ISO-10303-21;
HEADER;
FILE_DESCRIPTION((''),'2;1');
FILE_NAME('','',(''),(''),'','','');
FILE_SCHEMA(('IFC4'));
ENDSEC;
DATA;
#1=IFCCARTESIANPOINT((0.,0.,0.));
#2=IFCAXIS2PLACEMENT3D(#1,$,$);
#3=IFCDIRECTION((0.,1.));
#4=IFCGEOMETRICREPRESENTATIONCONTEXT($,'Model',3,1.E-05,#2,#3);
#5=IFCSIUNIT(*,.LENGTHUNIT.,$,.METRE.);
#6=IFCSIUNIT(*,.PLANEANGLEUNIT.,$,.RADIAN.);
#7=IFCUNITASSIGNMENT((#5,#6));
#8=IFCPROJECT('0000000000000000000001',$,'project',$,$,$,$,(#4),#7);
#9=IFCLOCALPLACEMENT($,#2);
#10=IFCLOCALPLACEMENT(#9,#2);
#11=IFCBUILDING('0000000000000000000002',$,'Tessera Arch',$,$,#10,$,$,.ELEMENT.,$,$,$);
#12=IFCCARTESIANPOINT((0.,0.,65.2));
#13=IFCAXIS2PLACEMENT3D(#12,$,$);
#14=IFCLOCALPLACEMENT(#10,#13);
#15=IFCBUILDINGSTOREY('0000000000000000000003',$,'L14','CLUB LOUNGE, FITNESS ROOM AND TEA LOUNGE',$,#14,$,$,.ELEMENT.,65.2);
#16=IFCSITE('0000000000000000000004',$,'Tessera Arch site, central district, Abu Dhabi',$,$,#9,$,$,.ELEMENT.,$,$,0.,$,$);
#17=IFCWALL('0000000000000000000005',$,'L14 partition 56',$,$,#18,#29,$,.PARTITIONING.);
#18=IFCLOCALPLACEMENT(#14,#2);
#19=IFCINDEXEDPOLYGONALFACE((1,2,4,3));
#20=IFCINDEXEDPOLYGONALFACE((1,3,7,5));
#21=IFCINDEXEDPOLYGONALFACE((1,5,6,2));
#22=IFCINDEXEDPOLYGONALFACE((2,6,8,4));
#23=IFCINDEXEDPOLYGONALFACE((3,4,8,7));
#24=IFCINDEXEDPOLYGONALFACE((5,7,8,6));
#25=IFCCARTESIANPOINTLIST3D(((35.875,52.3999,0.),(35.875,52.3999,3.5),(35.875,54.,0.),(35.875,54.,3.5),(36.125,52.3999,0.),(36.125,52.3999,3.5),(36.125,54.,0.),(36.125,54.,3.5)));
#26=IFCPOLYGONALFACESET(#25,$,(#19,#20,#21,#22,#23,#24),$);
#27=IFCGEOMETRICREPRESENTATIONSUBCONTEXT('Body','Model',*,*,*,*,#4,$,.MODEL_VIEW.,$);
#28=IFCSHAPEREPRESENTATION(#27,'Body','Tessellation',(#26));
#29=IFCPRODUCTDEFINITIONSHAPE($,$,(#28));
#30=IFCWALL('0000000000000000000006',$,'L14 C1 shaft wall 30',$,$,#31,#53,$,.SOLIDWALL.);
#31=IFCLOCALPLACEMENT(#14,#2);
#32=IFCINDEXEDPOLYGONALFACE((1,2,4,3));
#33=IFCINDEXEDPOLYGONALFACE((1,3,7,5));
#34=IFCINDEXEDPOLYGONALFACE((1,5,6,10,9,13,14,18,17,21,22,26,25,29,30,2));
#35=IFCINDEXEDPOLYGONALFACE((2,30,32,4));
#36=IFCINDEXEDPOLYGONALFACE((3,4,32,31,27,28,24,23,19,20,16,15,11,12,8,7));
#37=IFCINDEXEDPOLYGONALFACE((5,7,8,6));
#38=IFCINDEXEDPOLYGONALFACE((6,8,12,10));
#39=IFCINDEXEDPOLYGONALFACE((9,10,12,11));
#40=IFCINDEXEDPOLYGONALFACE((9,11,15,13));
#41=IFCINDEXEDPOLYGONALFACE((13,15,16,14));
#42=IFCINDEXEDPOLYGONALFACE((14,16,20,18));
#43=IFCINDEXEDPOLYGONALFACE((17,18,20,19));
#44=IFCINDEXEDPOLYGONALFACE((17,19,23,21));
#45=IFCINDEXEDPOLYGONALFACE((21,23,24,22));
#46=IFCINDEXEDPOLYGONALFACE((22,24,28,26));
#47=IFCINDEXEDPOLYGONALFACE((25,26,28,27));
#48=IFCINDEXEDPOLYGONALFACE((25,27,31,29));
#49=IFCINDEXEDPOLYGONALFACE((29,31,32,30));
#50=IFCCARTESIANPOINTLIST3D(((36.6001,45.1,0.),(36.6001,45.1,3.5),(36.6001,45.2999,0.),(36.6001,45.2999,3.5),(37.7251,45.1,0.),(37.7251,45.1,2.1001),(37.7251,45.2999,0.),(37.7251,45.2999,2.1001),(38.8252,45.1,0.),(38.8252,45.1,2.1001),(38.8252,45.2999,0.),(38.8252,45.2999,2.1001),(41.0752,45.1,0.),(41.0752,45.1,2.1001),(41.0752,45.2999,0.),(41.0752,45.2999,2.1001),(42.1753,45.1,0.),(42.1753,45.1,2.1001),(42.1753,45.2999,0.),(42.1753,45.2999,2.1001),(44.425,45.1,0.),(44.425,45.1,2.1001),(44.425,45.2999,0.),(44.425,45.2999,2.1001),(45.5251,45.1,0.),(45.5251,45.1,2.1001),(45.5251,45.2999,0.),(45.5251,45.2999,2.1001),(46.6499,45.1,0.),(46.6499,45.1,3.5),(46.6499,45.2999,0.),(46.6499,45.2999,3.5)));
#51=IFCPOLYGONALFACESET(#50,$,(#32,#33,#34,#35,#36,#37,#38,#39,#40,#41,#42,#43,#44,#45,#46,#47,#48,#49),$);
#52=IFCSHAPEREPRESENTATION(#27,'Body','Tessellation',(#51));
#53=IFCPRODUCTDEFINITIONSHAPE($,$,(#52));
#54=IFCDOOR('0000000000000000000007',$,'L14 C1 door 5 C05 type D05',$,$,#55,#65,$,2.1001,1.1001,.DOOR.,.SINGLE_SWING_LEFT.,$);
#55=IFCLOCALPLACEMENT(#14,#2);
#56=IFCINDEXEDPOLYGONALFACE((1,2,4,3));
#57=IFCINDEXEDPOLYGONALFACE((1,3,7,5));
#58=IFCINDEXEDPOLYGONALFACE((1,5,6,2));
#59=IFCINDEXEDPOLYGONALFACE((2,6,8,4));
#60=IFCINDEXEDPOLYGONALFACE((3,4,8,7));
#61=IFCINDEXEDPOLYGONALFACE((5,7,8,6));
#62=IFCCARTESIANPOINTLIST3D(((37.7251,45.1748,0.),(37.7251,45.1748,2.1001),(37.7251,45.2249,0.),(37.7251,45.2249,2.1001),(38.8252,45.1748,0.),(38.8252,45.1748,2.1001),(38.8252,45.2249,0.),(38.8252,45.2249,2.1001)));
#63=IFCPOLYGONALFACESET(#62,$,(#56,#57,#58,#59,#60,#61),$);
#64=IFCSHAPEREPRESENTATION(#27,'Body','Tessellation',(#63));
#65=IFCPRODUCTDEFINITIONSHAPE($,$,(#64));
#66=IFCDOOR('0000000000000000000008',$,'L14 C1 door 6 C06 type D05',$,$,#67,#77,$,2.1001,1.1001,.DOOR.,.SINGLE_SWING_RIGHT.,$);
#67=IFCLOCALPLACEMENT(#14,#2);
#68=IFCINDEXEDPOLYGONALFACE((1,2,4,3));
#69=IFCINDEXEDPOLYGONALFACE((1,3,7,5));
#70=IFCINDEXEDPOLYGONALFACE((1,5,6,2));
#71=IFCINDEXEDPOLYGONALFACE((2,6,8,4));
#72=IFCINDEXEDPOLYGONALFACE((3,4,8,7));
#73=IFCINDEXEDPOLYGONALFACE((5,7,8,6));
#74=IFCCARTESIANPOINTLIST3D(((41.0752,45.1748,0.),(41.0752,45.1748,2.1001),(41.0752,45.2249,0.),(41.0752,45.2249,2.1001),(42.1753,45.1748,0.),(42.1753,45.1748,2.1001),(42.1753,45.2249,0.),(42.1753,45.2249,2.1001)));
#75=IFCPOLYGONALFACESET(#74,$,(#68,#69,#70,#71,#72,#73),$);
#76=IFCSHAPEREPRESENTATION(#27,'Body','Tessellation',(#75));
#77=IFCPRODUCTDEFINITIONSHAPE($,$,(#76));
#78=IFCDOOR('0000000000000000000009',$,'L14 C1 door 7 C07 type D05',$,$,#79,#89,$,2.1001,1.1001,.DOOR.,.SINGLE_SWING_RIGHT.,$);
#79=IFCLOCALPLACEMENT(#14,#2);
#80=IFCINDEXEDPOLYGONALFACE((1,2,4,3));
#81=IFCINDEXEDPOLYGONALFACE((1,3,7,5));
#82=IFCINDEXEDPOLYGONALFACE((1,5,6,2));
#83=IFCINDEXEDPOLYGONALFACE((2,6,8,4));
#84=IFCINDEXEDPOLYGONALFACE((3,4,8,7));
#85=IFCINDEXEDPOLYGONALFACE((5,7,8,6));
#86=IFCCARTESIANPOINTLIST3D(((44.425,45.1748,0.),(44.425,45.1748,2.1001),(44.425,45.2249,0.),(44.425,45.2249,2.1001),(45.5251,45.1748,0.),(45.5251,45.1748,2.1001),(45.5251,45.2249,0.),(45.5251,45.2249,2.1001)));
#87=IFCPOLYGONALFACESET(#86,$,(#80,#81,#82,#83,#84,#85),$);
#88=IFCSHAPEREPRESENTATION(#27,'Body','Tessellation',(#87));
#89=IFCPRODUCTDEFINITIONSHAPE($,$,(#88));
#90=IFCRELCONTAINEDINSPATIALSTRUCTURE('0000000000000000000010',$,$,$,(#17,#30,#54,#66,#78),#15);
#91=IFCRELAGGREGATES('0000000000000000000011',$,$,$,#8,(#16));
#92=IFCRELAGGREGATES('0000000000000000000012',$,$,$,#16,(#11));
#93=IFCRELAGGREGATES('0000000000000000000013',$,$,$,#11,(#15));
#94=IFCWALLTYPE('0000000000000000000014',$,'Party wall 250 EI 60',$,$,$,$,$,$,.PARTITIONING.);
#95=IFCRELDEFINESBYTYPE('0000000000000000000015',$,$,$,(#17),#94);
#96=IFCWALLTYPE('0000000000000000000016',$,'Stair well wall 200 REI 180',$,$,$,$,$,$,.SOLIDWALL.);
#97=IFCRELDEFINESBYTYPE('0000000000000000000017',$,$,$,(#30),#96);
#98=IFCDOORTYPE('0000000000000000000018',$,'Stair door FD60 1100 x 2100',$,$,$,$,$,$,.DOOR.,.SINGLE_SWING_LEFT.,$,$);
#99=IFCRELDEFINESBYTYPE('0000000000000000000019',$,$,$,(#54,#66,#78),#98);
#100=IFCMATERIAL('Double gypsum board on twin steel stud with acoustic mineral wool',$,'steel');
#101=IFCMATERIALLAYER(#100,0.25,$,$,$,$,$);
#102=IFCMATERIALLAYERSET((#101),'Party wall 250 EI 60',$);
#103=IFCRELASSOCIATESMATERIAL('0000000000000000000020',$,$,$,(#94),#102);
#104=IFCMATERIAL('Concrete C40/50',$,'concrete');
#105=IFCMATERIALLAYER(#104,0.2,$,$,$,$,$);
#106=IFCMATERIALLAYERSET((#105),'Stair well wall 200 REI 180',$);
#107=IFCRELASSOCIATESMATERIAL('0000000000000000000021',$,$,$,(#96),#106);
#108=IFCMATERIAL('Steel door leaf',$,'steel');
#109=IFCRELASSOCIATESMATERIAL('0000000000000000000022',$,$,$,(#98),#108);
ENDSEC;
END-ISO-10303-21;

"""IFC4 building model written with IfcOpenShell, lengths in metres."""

from ifc_helpers import new_model, si_unit, direction, frame, frame_2d, origin, place, context, subcontext, project, spatial, rectangle, extrude, material, layer, layer_set, type_object, element, fill, save


model = new_model("IFC4")

# Units and contexts
model_context = context("Model", 3, precision=1e-05, world=origin(), true_north=direction((0.0, 1.0)))
body_context = subcontext(model_context, "Body", "Model", "MODEL_VIEW")
ifc_project = project(units=[si_unit("LENGTHUNIT", "METRE"), si_unit("PLANEANGLEUNIT", "RADIAN")], contexts=[model_context])

# Site, building, storey
site_placement = place(None, origin())
site = spatial("IfcSite", under=ifc_project, at=site_placement, Name="Tessera Arch site, central district, Abu Dhabi", CompositionType="ELEMENT", RefElevation=0.0)
building_placement = place(site_placement, origin())
building = spatial("IfcBuilding", under=site, at=building_placement, Name="Tessera Arch", CompositionType="ELEMENT")
storey_placement = place(building_placement, frame((0.0, 0.0, 65.2)))
storey = spatial("IfcBuildingStorey", under=building, at=storey_placement, Name="L14", Description="CLUB LOUNGE, FITNESS ROOM AND TEA LOUNGE", CompositionType="ELEMENT", Elevation=65.2)

# Wall
ifc_material_1 = material(Name="Double gypsum board on twin steel stud with acoustic mineral wool", Category="steel")
ifc_layer_1 = layer(ifc_material_1, 0.25)
ifc_layer_set_1 = layer_set([ifc_layer_1], Name="Party wall 250 EI 60")
wall_type_1 = type_object("IfcWallType", Name="Party wall 250 EI 60", PredefinedType="PARTITIONING", material=ifc_layer_set_1)
wall_1_placement = place(storey_placement, frame((36.0, 52.3999, 0.0), z_axis=(0.0, 0.0, 1.0), x_axis=(0.0, 1.0, 0.0)))
element("IfcWall", 1, at=wall_1_placement, inside=storey, type_object=wall_type_1, Name="L14 partition 56", PredefinedType="PARTITIONING", context=body_context, shape_type="SweptSolid", body=[
    extrude(rectangle(XDim=1.6001, YDim=0.25, at=frame_2d((0.8, 0.0))), origin(), (0.0, 0.0, 1.0), 3.5),
])

# Wall, openings, doors
ifc_material_2 = material(Name="Concrete C40/50", Category="concrete")
ifc_layer_2 = layer(ifc_material_2, 0.2)
ifc_layer_set_2 = layer_set([ifc_layer_2], Name="Stair well wall 200 REI 180")
wall_type_2 = type_object("IfcWallType", Name="Stair well wall 200 REI 180", PredefinedType="SOLIDWALL", material=ifc_layer_set_2)
wall_2_placement = place(storey_placement, frame((36.6001, 45.2, 0.0), z_axis=(0.0, 0.0, 1.0), x_axis=(1.0, 0.0, 0.0)))
wall_2 = element("IfcWall", 2, at=wall_2_placement, inside=storey, type_object=wall_type_2, Name="L14 C1 shaft wall 30", PredefinedType="SOLIDWALL", context=body_context, shape_type="SweptSolid", body=[
    extrude(rectangle(XDim=10.0498, YDim=0.2, at=frame_2d((5.0249, 0.0))), origin(), (0.0, 0.0, 1.0), 3.5),
])
opening_1_placement = place(wall_2_placement, frame((1.125, 0.0, 0.0)))
opening_1 = element("IfcOpeningElement", 3, at=opening_1_placement, cuts=wall_2, PredefinedType="OPENING", context=body_context, shape_type="SweptSolid", body=[
    extrude(rectangle(XDim=1.1001, YDim=2.1001, at=frame_2d((0.55, 1.05))), frame((0.0, 0.1099, 0.0), z_axis=(0.0, -1.0, 0.0), x_axis=(1.0, 0.0, 0.0)), (0.0, 0.0, 1.0), 0.22),
])
opening_2_placement = place(wall_2_placement, frame((4.4751, 0.0, 0.0)))
opening_2 = element("IfcOpeningElement", 4, at=opening_2_placement, cuts=wall_2, PredefinedType="OPENING", context=body_context, shape_type="SweptSolid", body=[
    extrude(rectangle(XDim=1.1001, YDim=2.1001, at=frame_2d((0.55, 1.05))), frame((0.0, 0.1099, 0.0), z_axis=(0.0, -1.0, 0.0), x_axis=(1.0, 0.0, 0.0)), (0.0, 0.0, 1.0), 0.22),
])
opening_3_placement = place(wall_2_placement, frame((7.825, 0.0, 0.0)))
opening_3 = element("IfcOpeningElement", 5, at=opening_3_placement, cuts=wall_2, PredefinedType="OPENING", context=body_context, shape_type="SweptSolid", body=[
    extrude(rectangle(XDim=1.1001, YDim=2.1001, at=frame_2d((0.55, 1.05))), frame((0.0, 0.1099, 0.0), z_axis=(0.0, -1.0, 0.0), x_axis=(1.0, 0.0, 0.0)), (0.0, 0.0, 1.0), 0.22),
])
ifc_material_3 = material(Name="Steel door leaf", Category="steel")
door_type_1 = type_object("IfcDoorType", Name="Stair door FD60 1100 x 2100", OperationType="SINGLE_SWING_LEFT", PredefinedType="DOOR", material=ifc_material_3)
door_1_placement = place(opening_1_placement, origin())
door_1 = element("IfcDoor", 6, at=door_1_placement, inside=storey, type_object=door_type_1, Name="L14 C1 door 5 C05 type D05", OperationType="SINGLE_SWING_LEFT", OverallHeight=2.1001, OverallWidth=1.1001, PredefinedType="DOOR", context=body_context, shape_type="SweptSolid", body=[
    extrude(rectangle(XDim=1.1001, YDim=2.1001, at=frame_2d((0.55, 1.05))), frame((0.0, 0.0249, 0.0), z_axis=(0.0, -1.0, 0.0), x_axis=(1.0, 0.0, 0.0)), (0.0, 0.0, 1.0), 0.05),
])
fill(opening_1, door_1)
door_2_placement = place(opening_2_placement, origin())
door_2 = element("IfcDoor", 7, at=door_2_placement, inside=storey, type_object=door_type_1, Name="L14 C1 door 6 C06 type D05", OperationType="SINGLE_SWING_RIGHT", OverallHeight=2.1001, OverallWidth=1.1001, PredefinedType="DOOR", context=body_context, shape_type="SweptSolid", body=[
    extrude(rectangle(XDim=1.1001, YDim=2.1001, at=frame_2d((0.55, 1.05))), frame((0.0, 0.0249, 0.0), z_axis=(0.0, -1.0, 0.0), x_axis=(1.0, 0.0, 0.0)), (0.0, 0.0, 1.0), 0.05),
])
fill(opening_2, door_2)
door_3_placement = place(opening_3_placement, origin())
door_3 = element("IfcDoor", 8, at=door_3_placement, inside=storey, type_object=door_type_1, Name="L14 C1 door 7 C07 type D05", OperationType="SINGLE_SWING_RIGHT", OverallHeight=2.1001, OverallWidth=1.1001, PredefinedType="DOOR", context=body_context, shape_type="SweptSolid", body=[
    extrude(rectangle(XDim=1.1001, YDim=2.1001, at=frame_2d((0.55, 1.05))), frame((0.0, 0.0249, 0.0), z_axis=(0.0, -1.0, 0.0), x_axis=(1.0, 0.0, 0.0)), (0.0, 0.0, 1.0), 0.05),
])
fill(opening_3, door_3)

save(model, "model.ifc")
